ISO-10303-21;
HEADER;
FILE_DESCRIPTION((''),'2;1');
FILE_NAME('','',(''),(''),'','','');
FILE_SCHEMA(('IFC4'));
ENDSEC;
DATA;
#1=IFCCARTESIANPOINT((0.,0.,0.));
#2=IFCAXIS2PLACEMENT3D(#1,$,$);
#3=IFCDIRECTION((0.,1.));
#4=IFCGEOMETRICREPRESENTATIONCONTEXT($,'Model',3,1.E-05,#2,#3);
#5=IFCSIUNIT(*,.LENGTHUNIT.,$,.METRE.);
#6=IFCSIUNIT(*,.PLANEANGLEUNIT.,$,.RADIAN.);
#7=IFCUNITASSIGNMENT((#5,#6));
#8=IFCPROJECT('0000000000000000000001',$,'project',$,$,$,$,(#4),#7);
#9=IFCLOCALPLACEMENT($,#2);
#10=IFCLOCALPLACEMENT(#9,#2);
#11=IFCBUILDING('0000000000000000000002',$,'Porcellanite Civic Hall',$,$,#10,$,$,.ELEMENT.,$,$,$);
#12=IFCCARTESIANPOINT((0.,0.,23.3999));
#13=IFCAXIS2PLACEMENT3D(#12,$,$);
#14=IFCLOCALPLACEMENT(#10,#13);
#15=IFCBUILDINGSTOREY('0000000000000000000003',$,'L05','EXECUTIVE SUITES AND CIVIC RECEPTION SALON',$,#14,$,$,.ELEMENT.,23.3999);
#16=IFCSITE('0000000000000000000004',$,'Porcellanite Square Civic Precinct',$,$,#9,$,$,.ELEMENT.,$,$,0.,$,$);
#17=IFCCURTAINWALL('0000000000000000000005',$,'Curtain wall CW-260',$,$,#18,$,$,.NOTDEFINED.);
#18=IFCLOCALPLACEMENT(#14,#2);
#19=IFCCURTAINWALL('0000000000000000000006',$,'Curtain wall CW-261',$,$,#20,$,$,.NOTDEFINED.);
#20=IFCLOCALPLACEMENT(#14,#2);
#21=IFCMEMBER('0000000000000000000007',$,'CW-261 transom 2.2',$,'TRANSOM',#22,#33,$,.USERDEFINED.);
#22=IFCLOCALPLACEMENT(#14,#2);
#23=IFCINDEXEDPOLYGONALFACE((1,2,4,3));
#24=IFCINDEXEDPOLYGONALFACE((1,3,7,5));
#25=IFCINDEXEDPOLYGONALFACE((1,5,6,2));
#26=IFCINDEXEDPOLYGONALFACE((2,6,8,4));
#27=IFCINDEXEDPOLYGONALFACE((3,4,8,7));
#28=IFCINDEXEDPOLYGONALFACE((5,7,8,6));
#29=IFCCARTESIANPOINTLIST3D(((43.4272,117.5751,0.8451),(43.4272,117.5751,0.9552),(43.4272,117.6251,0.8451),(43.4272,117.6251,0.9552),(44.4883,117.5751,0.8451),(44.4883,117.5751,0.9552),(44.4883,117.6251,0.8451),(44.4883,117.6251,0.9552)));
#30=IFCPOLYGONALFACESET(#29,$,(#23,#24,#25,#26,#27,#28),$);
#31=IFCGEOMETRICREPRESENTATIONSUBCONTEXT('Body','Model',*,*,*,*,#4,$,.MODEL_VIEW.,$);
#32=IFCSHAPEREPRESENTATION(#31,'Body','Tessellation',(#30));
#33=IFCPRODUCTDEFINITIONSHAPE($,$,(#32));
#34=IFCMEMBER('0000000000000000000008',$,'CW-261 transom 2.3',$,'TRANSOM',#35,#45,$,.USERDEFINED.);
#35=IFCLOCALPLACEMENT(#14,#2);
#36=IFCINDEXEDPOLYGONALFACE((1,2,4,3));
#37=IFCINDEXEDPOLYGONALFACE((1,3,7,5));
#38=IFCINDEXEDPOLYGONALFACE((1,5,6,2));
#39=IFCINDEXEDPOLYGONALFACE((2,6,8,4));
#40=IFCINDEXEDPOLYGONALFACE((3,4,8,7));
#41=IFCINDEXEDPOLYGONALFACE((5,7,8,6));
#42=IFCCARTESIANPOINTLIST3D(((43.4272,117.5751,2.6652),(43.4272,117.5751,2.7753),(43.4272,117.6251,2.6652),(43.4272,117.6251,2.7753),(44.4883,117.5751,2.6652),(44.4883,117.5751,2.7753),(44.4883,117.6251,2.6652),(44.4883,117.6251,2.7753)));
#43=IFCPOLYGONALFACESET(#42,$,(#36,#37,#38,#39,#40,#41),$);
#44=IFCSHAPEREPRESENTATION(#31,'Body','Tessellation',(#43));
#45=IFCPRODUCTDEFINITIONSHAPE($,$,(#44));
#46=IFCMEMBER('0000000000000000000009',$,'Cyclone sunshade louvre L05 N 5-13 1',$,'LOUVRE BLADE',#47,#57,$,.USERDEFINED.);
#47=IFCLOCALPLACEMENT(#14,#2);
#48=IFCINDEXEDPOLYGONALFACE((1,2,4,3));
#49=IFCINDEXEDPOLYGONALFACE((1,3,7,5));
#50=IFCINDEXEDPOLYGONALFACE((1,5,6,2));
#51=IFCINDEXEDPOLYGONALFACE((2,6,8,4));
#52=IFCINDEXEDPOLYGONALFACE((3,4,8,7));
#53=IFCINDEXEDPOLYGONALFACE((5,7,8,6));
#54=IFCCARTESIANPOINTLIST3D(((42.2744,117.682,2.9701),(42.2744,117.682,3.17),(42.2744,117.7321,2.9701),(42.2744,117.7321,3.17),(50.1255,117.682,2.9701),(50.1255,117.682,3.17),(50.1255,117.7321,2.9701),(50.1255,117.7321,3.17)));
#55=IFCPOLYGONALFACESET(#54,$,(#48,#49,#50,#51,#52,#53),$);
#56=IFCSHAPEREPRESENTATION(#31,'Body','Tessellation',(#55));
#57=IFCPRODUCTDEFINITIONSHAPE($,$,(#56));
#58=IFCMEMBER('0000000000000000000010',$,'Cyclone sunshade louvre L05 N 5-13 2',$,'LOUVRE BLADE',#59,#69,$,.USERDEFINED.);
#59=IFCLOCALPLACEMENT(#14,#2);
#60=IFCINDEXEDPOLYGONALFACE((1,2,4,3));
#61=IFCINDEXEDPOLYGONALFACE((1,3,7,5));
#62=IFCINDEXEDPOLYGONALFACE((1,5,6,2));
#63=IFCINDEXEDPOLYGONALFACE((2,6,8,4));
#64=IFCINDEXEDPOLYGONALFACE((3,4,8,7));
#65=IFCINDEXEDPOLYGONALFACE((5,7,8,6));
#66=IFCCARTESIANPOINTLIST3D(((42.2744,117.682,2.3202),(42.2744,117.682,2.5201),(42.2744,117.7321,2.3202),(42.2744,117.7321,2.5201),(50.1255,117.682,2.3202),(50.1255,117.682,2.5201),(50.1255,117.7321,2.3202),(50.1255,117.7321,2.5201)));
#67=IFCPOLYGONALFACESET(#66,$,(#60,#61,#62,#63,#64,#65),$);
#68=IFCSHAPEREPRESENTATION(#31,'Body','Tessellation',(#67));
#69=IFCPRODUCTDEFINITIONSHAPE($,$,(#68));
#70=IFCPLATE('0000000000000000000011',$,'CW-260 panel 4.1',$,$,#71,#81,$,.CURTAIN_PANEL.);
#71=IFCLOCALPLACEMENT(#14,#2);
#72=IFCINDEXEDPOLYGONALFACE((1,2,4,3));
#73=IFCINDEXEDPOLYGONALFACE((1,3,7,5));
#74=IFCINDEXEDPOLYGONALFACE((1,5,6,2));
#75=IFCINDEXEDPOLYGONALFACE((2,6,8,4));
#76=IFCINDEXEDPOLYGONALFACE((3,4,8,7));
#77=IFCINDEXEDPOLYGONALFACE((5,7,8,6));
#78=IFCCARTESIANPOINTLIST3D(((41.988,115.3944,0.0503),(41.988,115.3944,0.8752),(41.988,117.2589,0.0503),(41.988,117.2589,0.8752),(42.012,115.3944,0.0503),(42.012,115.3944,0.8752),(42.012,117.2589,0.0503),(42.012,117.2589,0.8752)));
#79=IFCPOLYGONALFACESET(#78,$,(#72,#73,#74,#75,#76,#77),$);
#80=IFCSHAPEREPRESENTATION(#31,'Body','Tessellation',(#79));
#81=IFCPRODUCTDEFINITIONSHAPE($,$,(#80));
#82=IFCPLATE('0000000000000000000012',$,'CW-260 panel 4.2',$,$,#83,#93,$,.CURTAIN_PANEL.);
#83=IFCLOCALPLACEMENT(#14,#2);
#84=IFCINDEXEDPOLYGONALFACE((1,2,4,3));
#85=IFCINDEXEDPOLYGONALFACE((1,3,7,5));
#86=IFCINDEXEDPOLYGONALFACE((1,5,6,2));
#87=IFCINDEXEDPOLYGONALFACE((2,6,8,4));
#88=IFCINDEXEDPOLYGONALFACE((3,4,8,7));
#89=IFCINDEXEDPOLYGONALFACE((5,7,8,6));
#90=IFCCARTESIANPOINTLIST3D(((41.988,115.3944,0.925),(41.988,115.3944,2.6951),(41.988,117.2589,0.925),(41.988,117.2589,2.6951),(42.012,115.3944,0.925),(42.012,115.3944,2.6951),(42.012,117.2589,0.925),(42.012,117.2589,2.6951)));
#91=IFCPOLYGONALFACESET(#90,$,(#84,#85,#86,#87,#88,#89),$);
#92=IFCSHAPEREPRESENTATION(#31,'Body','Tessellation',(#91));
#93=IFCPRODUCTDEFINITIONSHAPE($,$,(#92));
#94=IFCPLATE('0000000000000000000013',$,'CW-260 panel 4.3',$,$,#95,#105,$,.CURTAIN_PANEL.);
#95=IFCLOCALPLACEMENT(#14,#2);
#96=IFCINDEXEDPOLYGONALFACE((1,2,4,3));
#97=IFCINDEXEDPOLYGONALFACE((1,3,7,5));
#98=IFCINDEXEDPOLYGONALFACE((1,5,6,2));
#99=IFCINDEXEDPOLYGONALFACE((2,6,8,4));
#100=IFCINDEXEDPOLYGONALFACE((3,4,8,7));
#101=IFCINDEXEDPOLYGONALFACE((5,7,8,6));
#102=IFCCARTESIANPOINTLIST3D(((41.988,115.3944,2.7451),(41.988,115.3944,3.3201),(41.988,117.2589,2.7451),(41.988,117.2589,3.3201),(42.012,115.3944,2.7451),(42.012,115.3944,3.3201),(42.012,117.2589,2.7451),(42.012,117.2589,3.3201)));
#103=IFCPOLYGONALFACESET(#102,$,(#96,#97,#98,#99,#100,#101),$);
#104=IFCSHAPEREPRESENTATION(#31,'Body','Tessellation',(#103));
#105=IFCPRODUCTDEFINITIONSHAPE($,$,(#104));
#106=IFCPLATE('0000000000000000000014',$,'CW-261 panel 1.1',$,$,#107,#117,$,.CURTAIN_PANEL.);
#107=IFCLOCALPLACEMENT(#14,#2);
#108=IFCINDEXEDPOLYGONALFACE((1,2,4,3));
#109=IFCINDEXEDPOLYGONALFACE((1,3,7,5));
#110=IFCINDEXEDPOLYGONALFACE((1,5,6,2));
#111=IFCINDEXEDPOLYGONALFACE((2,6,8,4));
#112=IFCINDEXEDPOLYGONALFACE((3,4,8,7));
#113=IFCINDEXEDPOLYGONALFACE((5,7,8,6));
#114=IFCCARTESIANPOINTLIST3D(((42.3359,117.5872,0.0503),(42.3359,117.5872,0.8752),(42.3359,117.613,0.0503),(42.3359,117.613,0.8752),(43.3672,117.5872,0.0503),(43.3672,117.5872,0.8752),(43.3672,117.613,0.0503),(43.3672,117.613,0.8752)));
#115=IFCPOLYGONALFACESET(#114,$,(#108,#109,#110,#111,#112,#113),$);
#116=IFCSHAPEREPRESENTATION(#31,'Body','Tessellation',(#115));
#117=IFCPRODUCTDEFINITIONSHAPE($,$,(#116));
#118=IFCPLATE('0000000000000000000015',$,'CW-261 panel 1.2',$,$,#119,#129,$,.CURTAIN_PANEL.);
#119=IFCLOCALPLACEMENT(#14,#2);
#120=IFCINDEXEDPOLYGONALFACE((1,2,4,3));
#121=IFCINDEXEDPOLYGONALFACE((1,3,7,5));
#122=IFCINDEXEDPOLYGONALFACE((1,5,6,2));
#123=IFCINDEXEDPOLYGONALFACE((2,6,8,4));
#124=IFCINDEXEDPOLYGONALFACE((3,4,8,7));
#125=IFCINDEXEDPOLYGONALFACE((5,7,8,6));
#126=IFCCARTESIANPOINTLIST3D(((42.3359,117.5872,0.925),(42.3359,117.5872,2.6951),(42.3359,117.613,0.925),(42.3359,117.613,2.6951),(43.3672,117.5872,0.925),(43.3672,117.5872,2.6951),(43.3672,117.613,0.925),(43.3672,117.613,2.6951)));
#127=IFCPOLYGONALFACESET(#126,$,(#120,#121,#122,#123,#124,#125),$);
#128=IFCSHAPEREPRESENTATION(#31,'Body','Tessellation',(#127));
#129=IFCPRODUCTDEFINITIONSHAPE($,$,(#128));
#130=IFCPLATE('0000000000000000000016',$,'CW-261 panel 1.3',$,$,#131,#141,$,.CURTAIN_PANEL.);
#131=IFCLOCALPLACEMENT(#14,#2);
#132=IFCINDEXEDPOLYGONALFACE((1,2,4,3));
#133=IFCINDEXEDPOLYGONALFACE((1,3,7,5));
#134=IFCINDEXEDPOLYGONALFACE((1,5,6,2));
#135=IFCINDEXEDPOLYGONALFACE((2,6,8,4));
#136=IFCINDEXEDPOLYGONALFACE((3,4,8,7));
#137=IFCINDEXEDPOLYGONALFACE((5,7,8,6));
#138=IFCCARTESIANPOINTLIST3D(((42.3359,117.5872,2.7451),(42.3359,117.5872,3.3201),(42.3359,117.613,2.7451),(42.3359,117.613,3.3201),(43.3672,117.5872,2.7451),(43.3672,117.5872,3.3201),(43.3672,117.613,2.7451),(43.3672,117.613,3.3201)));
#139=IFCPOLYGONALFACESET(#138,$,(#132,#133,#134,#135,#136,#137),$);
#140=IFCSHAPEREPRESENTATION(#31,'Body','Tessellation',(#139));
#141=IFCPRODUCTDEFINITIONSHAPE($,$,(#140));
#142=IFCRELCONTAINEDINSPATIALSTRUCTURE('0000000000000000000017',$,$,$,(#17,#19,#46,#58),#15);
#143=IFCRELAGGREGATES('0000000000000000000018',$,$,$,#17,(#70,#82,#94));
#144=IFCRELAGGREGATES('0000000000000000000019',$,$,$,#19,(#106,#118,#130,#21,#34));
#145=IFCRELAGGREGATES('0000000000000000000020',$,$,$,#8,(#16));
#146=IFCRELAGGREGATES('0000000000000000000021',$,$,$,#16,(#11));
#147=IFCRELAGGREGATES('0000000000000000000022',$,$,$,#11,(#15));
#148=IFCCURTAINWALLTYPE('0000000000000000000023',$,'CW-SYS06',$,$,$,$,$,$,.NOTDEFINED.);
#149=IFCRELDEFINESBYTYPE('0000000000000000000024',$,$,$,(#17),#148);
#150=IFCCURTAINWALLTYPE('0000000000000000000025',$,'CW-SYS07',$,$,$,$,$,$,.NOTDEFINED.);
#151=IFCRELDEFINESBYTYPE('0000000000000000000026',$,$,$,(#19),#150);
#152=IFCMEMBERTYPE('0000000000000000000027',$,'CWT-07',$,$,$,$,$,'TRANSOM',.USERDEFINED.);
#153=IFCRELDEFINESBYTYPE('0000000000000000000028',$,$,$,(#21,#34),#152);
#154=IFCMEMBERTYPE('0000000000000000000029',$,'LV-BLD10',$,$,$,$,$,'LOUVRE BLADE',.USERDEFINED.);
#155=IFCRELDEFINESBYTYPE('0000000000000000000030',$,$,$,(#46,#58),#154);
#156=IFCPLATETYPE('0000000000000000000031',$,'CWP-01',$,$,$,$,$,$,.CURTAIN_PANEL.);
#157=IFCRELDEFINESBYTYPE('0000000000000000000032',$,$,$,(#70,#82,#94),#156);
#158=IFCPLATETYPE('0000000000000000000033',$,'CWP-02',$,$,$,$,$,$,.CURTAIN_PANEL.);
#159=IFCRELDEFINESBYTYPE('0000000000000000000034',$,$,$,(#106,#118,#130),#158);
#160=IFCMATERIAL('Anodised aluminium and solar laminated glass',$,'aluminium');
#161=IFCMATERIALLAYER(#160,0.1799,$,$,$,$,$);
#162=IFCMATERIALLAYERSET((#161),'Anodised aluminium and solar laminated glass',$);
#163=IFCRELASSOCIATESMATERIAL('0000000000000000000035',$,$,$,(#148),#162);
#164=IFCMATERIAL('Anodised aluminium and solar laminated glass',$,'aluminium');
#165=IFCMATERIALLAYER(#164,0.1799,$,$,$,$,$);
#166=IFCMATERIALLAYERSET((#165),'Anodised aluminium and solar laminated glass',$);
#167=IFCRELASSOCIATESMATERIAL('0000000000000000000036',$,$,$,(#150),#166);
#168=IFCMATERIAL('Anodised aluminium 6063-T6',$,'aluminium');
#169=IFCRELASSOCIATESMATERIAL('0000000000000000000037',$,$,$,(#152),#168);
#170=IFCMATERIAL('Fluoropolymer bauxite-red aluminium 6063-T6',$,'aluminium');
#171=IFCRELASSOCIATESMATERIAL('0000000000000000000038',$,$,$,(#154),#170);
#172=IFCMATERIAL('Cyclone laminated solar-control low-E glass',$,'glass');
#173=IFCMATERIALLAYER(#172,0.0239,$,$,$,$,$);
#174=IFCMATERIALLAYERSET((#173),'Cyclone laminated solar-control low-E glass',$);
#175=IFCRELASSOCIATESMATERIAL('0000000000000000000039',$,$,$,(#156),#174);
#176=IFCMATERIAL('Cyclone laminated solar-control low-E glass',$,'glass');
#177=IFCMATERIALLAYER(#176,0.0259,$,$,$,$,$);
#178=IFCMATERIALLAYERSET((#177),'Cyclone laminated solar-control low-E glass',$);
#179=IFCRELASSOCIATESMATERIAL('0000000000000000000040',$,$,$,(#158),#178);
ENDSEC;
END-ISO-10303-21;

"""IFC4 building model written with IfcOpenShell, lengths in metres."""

from ifc_helpers import new_model, si_unit, direction, frame, origin, origin_2d, place, context, subcontext, project, spatial, rectangle, extrude, material, layer, layer_set, material_profile, profile_set, type_object, element, aggregate, save


model = new_model("IFC4")

# Units and contexts
model_context = context("Model", 3, precision=1e-05, world=origin(), true_north=direction((0.0, 1.0)))
body_context = subcontext(model_context, "Body", "Model", "MODEL_VIEW")
ifc_project = project(units=[si_unit("LENGTHUNIT", "METRE"), si_unit("PLANEANGLEUNIT", "RADIAN")], contexts=[model_context])

# Site, building, storey
site_placement = place(None, origin())
site = spatial("IfcSite", under=ifc_project, at=site_placement, Name="Porcellanite Square Civic Precinct", CompositionType="ELEMENT", RefElevation=0.0)
building_placement = place(site_placement, origin())
building = spatial("IfcBuilding", under=site, at=building_placement, Name="Porcellanite Civic Hall", CompositionType="ELEMENT")
storey_placement = place(building_placement, frame((0.0, 0.0, 23.3999)))
storey = spatial("IfcBuildingStorey", under=building, at=storey_placement, Name="L05", Description="EXECUTIVE SUITES AND CIVIC RECEPTION SALON", CompositionType="ELEMENT", Elevation=23.3999)

# Curtain wall
ifc_material_1 = material(Name="Anodised aluminium and solar laminated glass", Category="aluminium")
ifc_layer_1 = layer(ifc_material_1, 0.1799)
ifc_layer_set_1 = layer_set([ifc_layer_1], Name="Anodised aluminium and solar laminated glass")
curtain_wall_type_1 = type_object("IfcCurtainWallType", Name="CW-SYS06", PredefinedType="NOTDEFINED", material=ifc_layer_set_1)
curtain_wall_1_placement = place(storey_placement, origin())
curtain_wall_1 = element("IfcCurtainWall", 1, at=curtain_wall_1_placement, inside=storey, type_object=curtain_wall_type_1, Name="Curtain wall CW-260", PredefinedType="NOTDEFINED")

# Curtain wall
ifc_material_2 = material(Name="Anodised aluminium and solar laminated glass", Category="aluminium")
ifc_layer_2 = layer(ifc_material_2, 0.1799)
ifc_layer_set_2 = layer_set([ifc_layer_2], Name="Anodised aluminium and solar laminated glass")
curtain_wall_type_2 = type_object("IfcCurtainWallType", Name="CW-SYS07", PredefinedType="NOTDEFINED", material=ifc_layer_set_2)
curtain_wall_2_placement = place(storey_placement, origin())
curtain_wall_2 = element("IfcCurtainWall", 2, at=curtain_wall_2_placement, inside=storey, type_object=curtain_wall_type_2, Name="Curtain wall CW-261", PredefinedType="NOTDEFINED")

# Members
ifc_material_3 = material(Name="Anodised aluminium 6063-T6", Category="aluminium")
ifc_material_profile_1 = material_profile(ifc_material_3, rectangle(XDim=0.05, YDim=0.1101, at=origin_2d()), Name="AL-50x110")
ifc_profile_set_1 = profile_set([ifc_material_profile_1], Name="Anodised aluminium 6063-T6")
member_type_1 = type_object("IfcMemberType", Name="CWT-07", ElementType="TRANSOM", PredefinedType="USERDEFINED", material=ifc_profile_set_1)
member_1_placement = place(storey_placement, frame((43.4272, 117.6001, 0.9001), z_axis=(1.0, 0.0, 0.0), x_axis=(0.0, 1.0, 0.0)))
member_1 = element("IfcMember", 3, at=member_1_placement, type_object=member_type_1, Name="CW-261 transom 2.2", ObjectType="TRANSOM", PredefinedType="USERDEFINED", context=body_context, shape_type="SweptSolid", body=[
    extrude(rectangle(XDim=0.05, YDim=0.1101, at=origin_2d()), origin(), (0.0, 0.0, 1.0), 1.061),
])
member_2_placement = place(storey_placement, frame((43.4272, 117.6001, 2.7202), z_axis=(1.0, 0.0, 0.0), x_axis=(0.0, 1.0, 0.0)))
member_2 = element("IfcMember", 4, at=member_2_placement, type_object=member_type_1, Name="CW-261 transom 2.3", ObjectType="TRANSOM", PredefinedType="USERDEFINED", context=body_context, shape_type="SweptSolid", body=[
    extrude(rectangle(XDim=0.05, YDim=0.1101, at=origin_2d()), origin(), (0.0, 0.0, 1.0), 1.061),
])

# Members
ifc_material_4 = material(Name="Fluoropolymer bauxite-red aluminium 6063-T6", Category="aluminium")
ifc_material_profile_2 = material_profile(ifc_material_4, rectangle(XDim=0.05, YDim=0.2, at=origin_2d()), Name="AL-50x200")
ifc_profile_set_2 = profile_set([ifc_material_profile_2], Name="Fluoropolymer bauxite-red aluminium 6063-T6")
member_type_2 = type_object("IfcMemberType", Name="LV-BLD10", ElementType="LOUVRE BLADE", PredefinedType="USERDEFINED", material=ifc_profile_set_2)
for number, where, z_axis, x_axis, name in (
    (5, (42.2744, 117.707, 3.0701), (1.0, 0.0, 0.0), (0.0, 1.0, 0.0), "Cyclone sunshade louvre L05 N 5-13 1"),
    (6, (42.2744, 117.707, 2.4202), (1.0, 0.0, 0.0), (0.0, 1.0, 0.0), "Cyclone sunshade louvre L05 N 5-13 2"),
):
    element("IfcMember", number, at=place(storey_placement, frame(where, z_axis=z_axis, x_axis=x_axis)), inside=storey, type_object=member_type_2, Name=name, ObjectType="LOUVRE BLADE", PredefinedType="USERDEFINED", context=body_context, shape_type="SweptSolid", body=[
        extrude(rectangle(XDim=0.05, YDim=0.2, at=origin_2d()), origin(), (0.0, 0.0, 1.0), 7.8511),
    ])

# Plates
ifc_material_5 = material(Name="Cyclone laminated solar-control low-E glass", Category="glass")
ifc_layer_3 = layer(ifc_material_5, 0.0239)
ifc_layer_set_3 = layer_set([ifc_layer_3], Name="Cyclone laminated solar-control low-E glass")
plate_type_1 = type_object("IfcPlateType", Name="CWP-01", PredefinedType="CURTAIN_PANEL", material=ifc_layer_set_3)
plate_1_placement = place(storey_placement, frame((42.0, 116.3267, 0.0503), z_axis=(0.0, 0.0, 1.0), x_axis=(0.0, 1.0, 0.0)))
plate_1 = element("IfcPlate", 7, at=plate_1_placement, type_object=plate_type_1, Name="CW-260 panel 4.1", PredefinedType="CURTAIN_PANEL", context=body_context, shape_type="SweptSolid", body=[
    extrude(rectangle(XDim=1.8645, YDim=0.0239, at=origin_2d()), origin(), (0.0, 0.0, 1.0), 0.825),
])
plate_2_placement = place(storey_placement, frame((42.0, 116.3267, 0.925), z_axis=(0.0, 0.0, 1.0), x_axis=(0.0, 1.0, 0.0)))
plate_2 = element("IfcPlate", 8, at=plate_2_placement, type_object=plate_type_1, Name="CW-260 panel 4.2", PredefinedType="CURTAIN_PANEL", context=body_context, shape_type="SweptSolid", body=[
    extrude(rectangle(XDim=1.8645, YDim=0.0239, at=origin_2d()), origin(), (0.0, 0.0, 1.0), 1.77),
])
plate_3_placement = place(storey_placement, frame((42.0, 116.3267, 2.7451), z_axis=(0.0, 0.0, 1.0), x_axis=(0.0, 1.0, 0.0)))
plate_3 = element("IfcPlate", 9, at=plate_3_placement, type_object=plate_type_1, Name="CW-260 panel 4.3", PredefinedType="CURTAIN_PANEL", context=body_context, shape_type="SweptSolid", body=[
    extrude(rectangle(XDim=1.8645, YDim=0.0239, at=origin_2d()), origin(), (0.0, 0.0, 1.0), 0.575),
])
aggregate(curtain_wall_1, [plate_1, plate_2, plate_3])
ifc_material_6 = material(Name="Cyclone laminated solar-control low-E glass", Category="glass")
ifc_layer_4 = layer(ifc_material_6, 0.0259)
ifc_layer_set_4 = layer_set([ifc_layer_4], Name="Cyclone laminated solar-control low-E glass")
plate_type_2 = type_object("IfcPlateType", Name="CWP-02", PredefinedType="CURTAIN_PANEL", material=ifc_layer_set_4)
plate_4_placement = place(storey_placement, frame((42.8516, 117.6001, 0.0503), z_axis=(0.0, 0.0, 1.0), x_axis=(1.0, 0.0, 0.0)))
plate_4 = element("IfcPlate", 10, at=plate_4_placement, type_object=plate_type_2, Name="CW-261 panel 1.1", PredefinedType="CURTAIN_PANEL", context=body_context, shape_type="SweptSolid", body=[
    extrude(rectangle(XDim=1.0312, YDim=0.0259, at=origin_2d()), origin(), (0.0, 0.0, 1.0), 0.825),
])
plate_5_placement = place(storey_placement, frame((42.8516, 117.6001, 0.925), z_axis=(0.0, 0.0, 1.0), x_axis=(1.0, 0.0, 0.0)))
plate_5 = element("IfcPlate", 11, at=plate_5_placement, type_object=plate_type_2, Name="CW-261 panel 1.2", PredefinedType="CURTAIN_PANEL", context=body_context, shape_type="SweptSolid", body=[
    extrude(rectangle(XDim=1.0312, YDim=0.0259, at=origin_2d()), origin(), (0.0, 0.0, 1.0), 1.77),
])
plate_6_placement = place(storey_placement, frame((42.8516, 117.6001, 2.7451), z_axis=(0.0, 0.0, 1.0), x_axis=(1.0, 0.0, 0.0)))
plate_6 = element("IfcPlate", 12, at=plate_6_placement, type_object=plate_type_2, Name="CW-261 panel 1.3", PredefinedType="CURTAIN_PANEL", context=body_context, shape_type="SweptSolid", body=[
    extrude(rectangle(XDim=1.0312, YDim=0.0259, at=origin_2d()), origin(), (0.0, 0.0, 1.0), 0.575),
])
aggregate(curtain_wall_2, [plate_4, plate_5, plate_6, member_1, member_2])

save(model, "model.ifc")
